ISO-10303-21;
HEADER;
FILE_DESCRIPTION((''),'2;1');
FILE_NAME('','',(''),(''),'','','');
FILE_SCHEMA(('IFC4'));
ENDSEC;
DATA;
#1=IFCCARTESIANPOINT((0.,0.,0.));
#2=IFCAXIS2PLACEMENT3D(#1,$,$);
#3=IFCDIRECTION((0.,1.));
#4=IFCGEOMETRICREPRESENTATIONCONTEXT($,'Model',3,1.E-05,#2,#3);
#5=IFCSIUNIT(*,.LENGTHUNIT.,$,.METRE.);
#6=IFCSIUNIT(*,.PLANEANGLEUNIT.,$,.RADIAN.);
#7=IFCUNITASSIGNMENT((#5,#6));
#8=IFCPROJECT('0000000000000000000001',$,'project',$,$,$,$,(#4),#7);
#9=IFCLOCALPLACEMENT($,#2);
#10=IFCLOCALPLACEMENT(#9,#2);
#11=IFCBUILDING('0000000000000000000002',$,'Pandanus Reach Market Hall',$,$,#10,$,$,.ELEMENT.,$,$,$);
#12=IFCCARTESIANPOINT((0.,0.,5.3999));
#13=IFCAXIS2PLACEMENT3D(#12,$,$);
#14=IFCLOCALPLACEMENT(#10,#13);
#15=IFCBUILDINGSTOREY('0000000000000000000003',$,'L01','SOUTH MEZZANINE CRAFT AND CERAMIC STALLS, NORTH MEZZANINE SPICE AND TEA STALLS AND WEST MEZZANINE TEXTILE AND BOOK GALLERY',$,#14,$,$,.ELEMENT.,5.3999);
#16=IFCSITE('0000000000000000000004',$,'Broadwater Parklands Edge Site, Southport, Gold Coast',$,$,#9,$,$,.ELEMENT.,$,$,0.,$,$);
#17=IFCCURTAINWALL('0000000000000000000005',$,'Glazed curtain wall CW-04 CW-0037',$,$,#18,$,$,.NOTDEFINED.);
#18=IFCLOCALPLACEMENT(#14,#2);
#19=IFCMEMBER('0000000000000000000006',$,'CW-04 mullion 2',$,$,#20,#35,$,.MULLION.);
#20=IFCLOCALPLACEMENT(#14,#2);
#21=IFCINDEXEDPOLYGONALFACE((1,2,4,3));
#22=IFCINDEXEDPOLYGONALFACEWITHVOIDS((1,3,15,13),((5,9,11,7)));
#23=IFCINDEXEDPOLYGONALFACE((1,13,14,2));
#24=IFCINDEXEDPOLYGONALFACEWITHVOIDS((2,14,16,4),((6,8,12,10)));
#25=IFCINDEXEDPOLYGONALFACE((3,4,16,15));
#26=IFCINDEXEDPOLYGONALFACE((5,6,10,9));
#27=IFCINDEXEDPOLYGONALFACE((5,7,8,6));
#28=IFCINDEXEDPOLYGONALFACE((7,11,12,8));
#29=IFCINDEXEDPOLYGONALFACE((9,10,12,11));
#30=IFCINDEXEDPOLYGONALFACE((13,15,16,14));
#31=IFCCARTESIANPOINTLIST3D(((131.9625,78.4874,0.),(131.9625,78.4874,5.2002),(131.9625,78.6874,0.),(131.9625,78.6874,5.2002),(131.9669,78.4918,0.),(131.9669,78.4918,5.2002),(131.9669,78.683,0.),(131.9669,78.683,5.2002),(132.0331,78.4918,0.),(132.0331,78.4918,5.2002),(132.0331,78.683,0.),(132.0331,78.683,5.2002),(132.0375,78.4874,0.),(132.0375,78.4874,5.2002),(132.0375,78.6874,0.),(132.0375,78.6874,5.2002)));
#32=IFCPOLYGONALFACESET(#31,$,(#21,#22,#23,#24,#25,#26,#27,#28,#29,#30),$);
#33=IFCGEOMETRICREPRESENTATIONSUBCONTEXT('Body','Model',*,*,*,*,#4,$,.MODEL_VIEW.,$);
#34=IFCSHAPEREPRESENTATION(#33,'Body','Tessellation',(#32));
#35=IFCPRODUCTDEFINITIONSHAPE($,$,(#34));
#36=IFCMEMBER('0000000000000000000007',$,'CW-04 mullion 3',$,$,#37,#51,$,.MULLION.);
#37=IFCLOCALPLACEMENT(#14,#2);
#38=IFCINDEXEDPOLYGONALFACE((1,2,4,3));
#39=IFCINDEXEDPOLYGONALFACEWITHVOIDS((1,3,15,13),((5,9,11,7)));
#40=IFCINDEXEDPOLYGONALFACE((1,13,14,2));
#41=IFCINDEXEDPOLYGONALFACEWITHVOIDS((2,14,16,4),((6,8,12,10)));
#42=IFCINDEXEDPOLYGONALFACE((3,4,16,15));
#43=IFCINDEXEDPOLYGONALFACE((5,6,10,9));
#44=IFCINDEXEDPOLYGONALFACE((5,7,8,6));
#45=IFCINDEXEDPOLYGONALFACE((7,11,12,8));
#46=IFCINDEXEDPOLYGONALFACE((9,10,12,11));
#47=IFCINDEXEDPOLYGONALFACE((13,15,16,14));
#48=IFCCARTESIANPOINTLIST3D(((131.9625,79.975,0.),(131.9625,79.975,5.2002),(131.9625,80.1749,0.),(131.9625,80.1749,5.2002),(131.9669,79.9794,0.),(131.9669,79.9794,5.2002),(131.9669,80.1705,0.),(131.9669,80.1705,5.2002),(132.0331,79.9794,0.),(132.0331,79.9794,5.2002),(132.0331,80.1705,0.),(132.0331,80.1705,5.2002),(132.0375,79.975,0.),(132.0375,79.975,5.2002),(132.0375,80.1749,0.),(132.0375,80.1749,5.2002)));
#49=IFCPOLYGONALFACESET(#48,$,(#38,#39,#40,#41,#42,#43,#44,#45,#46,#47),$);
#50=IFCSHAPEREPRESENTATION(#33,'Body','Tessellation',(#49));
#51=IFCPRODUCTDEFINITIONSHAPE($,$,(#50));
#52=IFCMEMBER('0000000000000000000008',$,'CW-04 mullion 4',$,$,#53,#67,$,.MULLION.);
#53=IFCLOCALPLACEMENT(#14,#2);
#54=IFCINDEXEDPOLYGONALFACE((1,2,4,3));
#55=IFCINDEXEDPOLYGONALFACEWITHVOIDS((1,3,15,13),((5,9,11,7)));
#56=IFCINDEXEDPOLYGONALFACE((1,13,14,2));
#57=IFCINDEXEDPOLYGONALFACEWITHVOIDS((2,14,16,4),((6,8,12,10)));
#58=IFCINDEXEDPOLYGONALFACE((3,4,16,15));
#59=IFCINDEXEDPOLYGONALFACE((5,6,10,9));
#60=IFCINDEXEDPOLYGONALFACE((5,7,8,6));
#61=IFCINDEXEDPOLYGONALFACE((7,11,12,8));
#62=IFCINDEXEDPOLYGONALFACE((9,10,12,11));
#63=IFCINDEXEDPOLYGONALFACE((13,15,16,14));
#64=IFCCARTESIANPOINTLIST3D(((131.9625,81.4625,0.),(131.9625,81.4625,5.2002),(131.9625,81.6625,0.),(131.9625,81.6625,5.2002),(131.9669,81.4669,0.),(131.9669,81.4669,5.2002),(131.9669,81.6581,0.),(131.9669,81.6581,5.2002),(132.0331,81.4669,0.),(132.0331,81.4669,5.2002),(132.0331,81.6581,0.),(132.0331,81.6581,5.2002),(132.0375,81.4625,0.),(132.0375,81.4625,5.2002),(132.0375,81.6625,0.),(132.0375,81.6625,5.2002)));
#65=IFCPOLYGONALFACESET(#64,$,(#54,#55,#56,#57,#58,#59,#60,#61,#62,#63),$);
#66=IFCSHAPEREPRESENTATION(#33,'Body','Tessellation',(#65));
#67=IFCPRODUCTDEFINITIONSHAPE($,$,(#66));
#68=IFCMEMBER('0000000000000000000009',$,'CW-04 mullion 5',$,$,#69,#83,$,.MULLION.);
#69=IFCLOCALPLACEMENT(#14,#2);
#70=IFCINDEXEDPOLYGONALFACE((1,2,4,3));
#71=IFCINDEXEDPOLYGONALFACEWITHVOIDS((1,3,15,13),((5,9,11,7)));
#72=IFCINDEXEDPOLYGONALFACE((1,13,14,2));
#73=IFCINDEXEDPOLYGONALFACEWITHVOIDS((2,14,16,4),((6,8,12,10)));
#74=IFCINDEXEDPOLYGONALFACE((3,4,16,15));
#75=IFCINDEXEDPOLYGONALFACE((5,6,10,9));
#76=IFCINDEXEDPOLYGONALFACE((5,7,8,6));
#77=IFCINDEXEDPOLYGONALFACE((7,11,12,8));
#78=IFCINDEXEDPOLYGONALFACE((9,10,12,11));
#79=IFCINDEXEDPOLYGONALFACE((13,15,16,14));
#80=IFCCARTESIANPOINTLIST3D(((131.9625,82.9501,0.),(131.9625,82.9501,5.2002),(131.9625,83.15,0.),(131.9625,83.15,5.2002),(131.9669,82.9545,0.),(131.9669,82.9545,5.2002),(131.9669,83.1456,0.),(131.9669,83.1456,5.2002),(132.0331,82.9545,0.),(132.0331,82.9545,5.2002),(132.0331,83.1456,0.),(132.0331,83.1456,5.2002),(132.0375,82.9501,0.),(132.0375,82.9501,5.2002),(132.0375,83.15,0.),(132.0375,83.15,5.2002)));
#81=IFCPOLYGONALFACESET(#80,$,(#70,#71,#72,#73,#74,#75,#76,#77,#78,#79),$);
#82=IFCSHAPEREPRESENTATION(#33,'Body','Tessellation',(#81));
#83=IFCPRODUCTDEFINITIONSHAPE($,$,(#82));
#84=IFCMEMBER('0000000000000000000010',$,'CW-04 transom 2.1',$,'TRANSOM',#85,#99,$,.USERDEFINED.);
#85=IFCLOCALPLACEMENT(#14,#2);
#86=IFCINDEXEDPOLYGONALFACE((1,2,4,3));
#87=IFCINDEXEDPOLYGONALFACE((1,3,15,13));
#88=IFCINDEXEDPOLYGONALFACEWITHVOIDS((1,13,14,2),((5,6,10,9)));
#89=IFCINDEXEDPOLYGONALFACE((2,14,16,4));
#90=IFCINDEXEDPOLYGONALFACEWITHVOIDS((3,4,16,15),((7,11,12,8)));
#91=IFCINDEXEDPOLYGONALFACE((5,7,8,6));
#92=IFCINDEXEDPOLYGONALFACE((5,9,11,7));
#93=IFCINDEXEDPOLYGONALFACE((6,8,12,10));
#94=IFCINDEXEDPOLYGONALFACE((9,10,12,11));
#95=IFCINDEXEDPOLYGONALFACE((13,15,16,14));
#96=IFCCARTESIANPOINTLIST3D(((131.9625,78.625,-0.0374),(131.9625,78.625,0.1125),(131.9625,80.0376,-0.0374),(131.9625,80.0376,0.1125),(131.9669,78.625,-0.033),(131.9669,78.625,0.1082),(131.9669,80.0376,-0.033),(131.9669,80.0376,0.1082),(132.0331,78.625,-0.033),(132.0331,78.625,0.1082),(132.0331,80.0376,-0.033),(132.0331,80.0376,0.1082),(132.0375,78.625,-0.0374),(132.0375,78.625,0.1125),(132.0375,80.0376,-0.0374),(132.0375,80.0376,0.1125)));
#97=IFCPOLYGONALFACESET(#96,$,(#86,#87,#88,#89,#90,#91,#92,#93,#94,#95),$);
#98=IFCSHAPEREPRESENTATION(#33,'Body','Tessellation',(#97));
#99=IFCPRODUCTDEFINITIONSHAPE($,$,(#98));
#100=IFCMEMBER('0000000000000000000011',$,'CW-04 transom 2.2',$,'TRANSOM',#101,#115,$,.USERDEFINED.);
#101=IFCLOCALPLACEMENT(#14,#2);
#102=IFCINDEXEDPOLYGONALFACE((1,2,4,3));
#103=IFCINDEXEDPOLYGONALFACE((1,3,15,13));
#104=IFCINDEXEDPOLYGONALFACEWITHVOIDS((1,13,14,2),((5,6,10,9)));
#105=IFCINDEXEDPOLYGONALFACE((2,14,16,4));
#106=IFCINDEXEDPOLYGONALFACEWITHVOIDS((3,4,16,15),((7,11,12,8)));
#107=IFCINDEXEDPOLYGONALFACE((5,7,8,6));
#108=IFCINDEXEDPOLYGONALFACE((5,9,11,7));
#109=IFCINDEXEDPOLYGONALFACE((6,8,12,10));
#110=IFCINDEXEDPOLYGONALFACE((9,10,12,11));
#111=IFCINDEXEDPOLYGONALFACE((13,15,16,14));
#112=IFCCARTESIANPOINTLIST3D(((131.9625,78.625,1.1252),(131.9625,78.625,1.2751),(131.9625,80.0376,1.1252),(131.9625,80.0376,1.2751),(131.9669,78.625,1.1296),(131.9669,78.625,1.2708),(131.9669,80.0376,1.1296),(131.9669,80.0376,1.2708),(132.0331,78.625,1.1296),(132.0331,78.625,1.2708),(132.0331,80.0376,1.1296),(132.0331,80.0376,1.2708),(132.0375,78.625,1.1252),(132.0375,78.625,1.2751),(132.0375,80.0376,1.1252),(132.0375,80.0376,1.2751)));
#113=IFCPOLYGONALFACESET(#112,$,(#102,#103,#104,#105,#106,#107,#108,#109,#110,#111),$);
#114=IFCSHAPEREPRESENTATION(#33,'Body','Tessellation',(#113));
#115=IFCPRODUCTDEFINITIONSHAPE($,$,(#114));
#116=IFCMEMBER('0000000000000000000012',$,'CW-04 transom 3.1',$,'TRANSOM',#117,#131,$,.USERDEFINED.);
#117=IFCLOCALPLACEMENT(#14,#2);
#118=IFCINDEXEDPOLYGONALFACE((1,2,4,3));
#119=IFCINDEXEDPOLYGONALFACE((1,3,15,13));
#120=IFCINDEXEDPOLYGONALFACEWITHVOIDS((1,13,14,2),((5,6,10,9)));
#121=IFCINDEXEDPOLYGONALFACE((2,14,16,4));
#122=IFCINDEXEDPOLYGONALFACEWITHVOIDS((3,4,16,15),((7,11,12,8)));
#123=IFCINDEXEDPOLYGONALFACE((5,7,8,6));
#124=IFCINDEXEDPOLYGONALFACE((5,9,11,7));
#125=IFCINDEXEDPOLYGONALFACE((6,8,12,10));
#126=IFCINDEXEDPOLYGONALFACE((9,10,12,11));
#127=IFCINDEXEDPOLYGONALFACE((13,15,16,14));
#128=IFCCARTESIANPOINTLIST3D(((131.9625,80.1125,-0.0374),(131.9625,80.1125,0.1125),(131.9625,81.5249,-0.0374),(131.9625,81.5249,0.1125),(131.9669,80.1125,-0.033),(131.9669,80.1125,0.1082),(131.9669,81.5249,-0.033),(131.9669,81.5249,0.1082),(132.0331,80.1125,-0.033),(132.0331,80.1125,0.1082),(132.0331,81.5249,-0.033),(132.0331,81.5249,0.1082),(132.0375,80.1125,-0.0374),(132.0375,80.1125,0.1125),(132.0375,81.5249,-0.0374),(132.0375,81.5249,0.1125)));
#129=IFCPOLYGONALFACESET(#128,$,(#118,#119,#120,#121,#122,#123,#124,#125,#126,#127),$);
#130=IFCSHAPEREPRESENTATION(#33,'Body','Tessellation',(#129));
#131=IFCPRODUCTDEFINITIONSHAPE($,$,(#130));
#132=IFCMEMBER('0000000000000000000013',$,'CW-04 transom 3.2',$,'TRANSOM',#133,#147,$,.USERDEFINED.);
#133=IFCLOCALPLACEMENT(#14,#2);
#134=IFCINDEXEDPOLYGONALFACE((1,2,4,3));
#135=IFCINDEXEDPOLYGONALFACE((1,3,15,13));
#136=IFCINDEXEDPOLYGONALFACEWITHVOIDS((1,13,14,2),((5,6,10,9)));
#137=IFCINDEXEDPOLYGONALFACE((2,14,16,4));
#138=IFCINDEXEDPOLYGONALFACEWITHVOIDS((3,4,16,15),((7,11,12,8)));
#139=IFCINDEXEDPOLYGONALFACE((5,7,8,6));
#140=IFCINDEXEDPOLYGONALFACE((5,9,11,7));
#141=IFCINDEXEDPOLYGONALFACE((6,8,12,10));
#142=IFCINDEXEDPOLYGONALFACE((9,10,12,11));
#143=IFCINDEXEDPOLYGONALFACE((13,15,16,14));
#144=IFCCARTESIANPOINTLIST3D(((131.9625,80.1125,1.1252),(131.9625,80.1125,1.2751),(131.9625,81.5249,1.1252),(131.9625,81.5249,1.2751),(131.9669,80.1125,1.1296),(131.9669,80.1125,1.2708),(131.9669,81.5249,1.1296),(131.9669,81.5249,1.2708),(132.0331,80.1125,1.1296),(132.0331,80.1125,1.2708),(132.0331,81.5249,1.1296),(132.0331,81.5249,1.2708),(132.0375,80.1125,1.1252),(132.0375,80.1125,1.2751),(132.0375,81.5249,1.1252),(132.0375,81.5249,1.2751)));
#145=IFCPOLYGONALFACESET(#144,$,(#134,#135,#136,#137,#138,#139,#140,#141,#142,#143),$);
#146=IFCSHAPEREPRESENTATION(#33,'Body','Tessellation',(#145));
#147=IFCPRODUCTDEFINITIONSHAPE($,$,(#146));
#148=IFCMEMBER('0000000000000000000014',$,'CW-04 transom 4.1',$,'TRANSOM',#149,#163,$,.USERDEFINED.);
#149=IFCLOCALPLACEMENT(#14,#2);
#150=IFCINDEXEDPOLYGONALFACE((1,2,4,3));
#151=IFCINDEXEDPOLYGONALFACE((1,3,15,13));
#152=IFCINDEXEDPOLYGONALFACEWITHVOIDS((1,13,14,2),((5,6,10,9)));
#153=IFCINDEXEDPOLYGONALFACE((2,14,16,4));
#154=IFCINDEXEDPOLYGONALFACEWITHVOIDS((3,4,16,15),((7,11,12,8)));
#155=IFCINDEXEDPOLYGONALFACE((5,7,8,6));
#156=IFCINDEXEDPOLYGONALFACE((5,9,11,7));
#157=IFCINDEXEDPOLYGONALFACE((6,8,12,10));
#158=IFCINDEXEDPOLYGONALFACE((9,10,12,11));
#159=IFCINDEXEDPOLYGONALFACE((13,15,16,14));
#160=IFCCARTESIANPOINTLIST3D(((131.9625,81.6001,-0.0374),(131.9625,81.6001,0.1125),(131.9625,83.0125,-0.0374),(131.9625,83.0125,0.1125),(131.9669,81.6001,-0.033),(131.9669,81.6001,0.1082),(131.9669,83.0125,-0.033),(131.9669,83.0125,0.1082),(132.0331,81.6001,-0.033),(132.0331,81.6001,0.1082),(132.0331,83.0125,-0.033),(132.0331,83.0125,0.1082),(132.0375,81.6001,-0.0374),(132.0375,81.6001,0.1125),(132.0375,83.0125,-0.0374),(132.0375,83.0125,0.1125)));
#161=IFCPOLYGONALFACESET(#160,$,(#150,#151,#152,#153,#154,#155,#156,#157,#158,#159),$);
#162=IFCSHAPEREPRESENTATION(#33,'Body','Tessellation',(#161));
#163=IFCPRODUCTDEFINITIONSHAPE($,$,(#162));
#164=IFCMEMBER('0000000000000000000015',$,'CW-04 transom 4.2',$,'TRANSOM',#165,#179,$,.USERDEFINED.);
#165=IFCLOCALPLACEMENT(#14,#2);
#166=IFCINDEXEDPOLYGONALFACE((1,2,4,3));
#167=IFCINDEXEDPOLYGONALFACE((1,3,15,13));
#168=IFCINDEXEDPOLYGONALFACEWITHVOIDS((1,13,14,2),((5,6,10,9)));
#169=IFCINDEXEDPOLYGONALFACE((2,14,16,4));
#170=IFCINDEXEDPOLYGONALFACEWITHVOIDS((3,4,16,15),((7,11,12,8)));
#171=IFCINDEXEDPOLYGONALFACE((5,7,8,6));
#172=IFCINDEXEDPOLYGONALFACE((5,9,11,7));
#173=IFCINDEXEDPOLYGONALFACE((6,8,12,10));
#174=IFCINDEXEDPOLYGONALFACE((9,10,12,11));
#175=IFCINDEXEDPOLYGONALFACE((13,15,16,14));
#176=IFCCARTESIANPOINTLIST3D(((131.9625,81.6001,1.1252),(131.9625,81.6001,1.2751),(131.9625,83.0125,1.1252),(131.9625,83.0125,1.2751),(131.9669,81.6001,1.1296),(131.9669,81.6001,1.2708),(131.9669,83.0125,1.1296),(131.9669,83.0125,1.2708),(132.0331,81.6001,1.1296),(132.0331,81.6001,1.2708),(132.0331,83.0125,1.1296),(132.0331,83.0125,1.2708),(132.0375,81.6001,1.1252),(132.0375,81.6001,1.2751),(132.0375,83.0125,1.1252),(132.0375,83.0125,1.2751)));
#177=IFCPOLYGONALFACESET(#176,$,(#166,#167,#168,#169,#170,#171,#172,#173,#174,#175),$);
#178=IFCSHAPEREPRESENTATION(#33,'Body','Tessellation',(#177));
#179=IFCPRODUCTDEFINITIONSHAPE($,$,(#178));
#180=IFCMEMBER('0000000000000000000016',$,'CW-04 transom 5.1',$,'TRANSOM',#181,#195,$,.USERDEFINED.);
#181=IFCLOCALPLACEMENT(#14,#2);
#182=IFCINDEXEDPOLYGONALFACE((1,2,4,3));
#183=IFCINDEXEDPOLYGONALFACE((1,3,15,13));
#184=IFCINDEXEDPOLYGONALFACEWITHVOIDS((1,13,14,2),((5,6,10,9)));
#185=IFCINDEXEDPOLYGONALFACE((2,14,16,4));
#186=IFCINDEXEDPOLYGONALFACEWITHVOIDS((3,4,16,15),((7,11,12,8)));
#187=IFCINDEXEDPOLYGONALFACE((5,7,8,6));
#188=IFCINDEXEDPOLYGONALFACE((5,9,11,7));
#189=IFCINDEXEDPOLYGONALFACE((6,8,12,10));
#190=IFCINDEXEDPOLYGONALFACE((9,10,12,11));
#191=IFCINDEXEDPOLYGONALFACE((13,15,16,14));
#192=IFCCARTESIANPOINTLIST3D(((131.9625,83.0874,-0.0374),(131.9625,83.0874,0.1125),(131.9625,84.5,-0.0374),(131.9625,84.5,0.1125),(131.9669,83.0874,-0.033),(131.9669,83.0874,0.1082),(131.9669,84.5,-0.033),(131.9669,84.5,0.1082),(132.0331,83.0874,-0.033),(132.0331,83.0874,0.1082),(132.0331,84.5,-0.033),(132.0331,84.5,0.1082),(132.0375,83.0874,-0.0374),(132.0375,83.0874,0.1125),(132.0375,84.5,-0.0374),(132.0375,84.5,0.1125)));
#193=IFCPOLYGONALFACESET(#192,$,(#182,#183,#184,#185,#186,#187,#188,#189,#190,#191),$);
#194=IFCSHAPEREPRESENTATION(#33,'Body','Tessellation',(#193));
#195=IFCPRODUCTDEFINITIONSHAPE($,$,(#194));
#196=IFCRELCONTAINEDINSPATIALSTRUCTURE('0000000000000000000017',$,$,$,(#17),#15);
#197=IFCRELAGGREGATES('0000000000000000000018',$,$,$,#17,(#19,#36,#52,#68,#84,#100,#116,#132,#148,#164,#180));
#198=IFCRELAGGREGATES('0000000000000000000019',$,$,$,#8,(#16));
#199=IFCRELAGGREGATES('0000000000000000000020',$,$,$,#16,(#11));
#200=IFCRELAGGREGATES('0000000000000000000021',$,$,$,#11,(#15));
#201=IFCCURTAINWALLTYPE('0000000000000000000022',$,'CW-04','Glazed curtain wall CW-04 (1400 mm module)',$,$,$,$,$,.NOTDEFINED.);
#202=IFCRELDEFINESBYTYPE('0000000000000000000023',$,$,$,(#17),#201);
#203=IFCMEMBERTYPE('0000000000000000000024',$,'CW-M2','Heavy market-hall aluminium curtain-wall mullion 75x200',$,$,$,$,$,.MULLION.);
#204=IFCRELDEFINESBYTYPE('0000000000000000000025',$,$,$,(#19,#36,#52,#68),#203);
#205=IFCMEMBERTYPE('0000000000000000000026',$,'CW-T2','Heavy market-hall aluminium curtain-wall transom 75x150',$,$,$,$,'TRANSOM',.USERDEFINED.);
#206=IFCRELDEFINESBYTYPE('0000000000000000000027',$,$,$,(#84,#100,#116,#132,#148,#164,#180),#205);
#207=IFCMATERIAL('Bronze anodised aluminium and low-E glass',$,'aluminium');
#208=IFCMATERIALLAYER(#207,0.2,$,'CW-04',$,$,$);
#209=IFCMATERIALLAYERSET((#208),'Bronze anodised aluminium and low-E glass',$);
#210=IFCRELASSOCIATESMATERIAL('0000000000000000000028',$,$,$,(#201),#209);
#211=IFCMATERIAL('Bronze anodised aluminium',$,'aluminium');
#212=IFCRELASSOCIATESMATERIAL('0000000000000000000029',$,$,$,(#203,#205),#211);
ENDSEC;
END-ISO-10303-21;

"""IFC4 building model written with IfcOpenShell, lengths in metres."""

from ifc_helpers import new_model, si_unit, direction, frame, origin, origin_2d, place, context, subcontext, project, spatial, hollow_rectangle, extrude, material, layer, layer_set, material_profile, profile_set, type_object, element, aggregate, save


model = new_model("IFC4")

# Units and contexts
model_context = context("Model", 3, precision=1e-05, world=origin(), true_north=direction((0.0, 1.0)))
body_context = subcontext(model_context, "Body", "Model", "MODEL_VIEW")
ifc_project = project(units=[si_unit("LENGTHUNIT", "METRE"), si_unit("PLANEANGLEUNIT", "RADIAN")], contexts=[model_context])

# Site, building, storey
site_placement = place(None, origin())
site = spatial("IfcSite", under=ifc_project, at=site_placement, Name="Broadwater Parklands Edge Site, Southport, Gold Coast", CompositionType="ELEMENT", RefElevation=0.0)
building_placement = place(site_placement, origin())
building = spatial("IfcBuilding", under=site, at=building_placement, Name="Pandanus Reach Market Hall", CompositionType="ELEMENT")
storey_placement = place(building_placement, frame((0.0, 0.0, 5.3999)))
storey = spatial("IfcBuildingStorey", under=building, at=storey_placement, Name="L01", Description="SOUTH MEZZANINE CRAFT AND CERAMIC STALLS, NORTH MEZZANINE SPICE AND TEA STALLS AND WEST MEZZANINE TEXTILE AND BOOK GALLERY", CompositionType="ELEMENT", Elevation=5.3999)

# Curtain wall, members
ifc_material_1 = material(Name="Bronze anodised aluminium and low-E glass", Category="aluminium")
ifc_layer_1 = layer(ifc_material_1, 0.2, Name="CW-04")
ifc_layer_set_1 = layer_set([ifc_layer_1], Name="Bronze anodised aluminium and low-E glass")
curtain_wall_type = type_object("IfcCurtainWallType", Name="CW-04", Description="Glazed curtain wall CW-04 (1400 mm module)", PredefinedType="NOTDEFINED", material=ifc_layer_set_1)
curtain_wall_placement = place(storey_placement, origin())
curtain_wall = element("IfcCurtainWall", 1, at=curtain_wall_placement, inside=storey, type_object=curtain_wall_type, Name="Glazed curtain wall CW-04 CW-0037", PredefinedType="NOTDEFINED")
ifc_material_2 = material(Name="Bronze anodised aluminium", Category="aluminium")
ifc_material_profile_1 = material_profile(ifc_material_2, hollow_rectangle(XDim=0.075, YDim=0.2, WallThickness=0.0044, at=origin_2d()), Name="ALU75x200", Category="LoadBearing")
ifc_profile_set_1 = profile_set([ifc_material_profile_1], Name="Bronze anodised aluminium")
member_type_1 = type_object("IfcMemberType", Name="CW-M2", Description="Heavy market-hall aluminium curtain-wall mullion 75x200", PredefinedType="MULLION", material=ifc_profile_set_1)
member_1_placement = place(storey_placement, frame((132.0, 78.5874, 0.0), z_axis=(0.0, 0.0, 1.0), x_axis=(-1.0, 0.0, 0.0)))
member_1 = element("IfcMember", 2, at=member_1_placement, type_object=member_type_1, Name="CW-04 mullion 2", PredefinedType="MULLION", context=body_context, shape_type="SweptSolid", body=[
    extrude(hollow_rectangle(XDim=0.075, YDim=0.2, WallThickness=0.0044, at=origin_2d()), origin(), (0.0, 0.0, 1.0), 5.2002),
])
member_2_placement = place(storey_placement, frame((132.0, 80.075, 0.0), z_axis=(0.0, 0.0, 1.0), x_axis=(-1.0, 0.0, 0.0)))
member_2 = element("IfcMember", 3, at=member_2_placement, type_object=member_type_1, Name="CW-04 mullion 3", PredefinedType="MULLION", context=body_context, shape_type="SweptSolid", body=[
    extrude(hollow_rectangle(XDim=0.075, YDim=0.2, WallThickness=0.0044, at=origin_2d()), origin(), (0.0, 0.0, 1.0), 5.2002),
])
member_3_placement = place(storey_placement, frame((132.0, 81.5625, 0.0), z_axis=(0.0, 0.0, 1.0), x_axis=(-1.0, 0.0, 0.0)))
member_3 = element("IfcMember", 4, at=member_3_placement, type_object=member_type_1, Name="CW-04 mullion 4", PredefinedType="MULLION", context=body_context, shape_type="SweptSolid", body=[
    extrude(hollow_rectangle(XDim=0.075, YDim=0.2, WallThickness=0.0044, at=origin_2d()), origin(), (0.0, 0.0, 1.0), 5.2002),
])
member_4_placement = place(storey_placement, frame((132.0, 83.05, 0.0), z_axis=(0.0, 0.0, 1.0), x_axis=(-1.0, 0.0, 0.0)))
member_4 = element("IfcMember", 5, at=member_4_placement, type_object=member_type_1, Name="CW-04 mullion 5", PredefinedType="MULLION", context=body_context, shape_type="SweptSolid", body=[
    extrude(hollow_rectangle(XDim=0.075, YDim=0.2, WallThickness=0.0044, at=origin_2d()), origin(), (0.0, 0.0, 1.0), 5.2002),
])
ifc_material_profile_2 = material_profile(ifc_material_2, hollow_rectangle(XDim=0.075, YDim=0.1499, WallThickness=0.0044, at=origin_2d()), Name="ALU75x150", Category="LoadBearing")
ifc_profile_set_2 = profile_set([ifc_material_profile_2], Name="Bronze anodised aluminium")
member_type_2 = type_object("IfcMemberType", Name="CW-T2", Description="Heavy market-hall aluminium curtain-wall transom 75x150", ElementType="TRANSOM", PredefinedType="USERDEFINED", material=ifc_profile_set_2)
member_5_placement = place(storey_placement, frame((132.0, 78.625, 0.0376), z_axis=(0.0, 1.0, 0.0), x_axis=(-1.0, 0.0, 0.0)))
member_5 = element("IfcMember", 6, at=member_5_placement, type_object=member_type_2, Name="CW-04 transom 2.1", ObjectType="TRANSOM", PredefinedType="USERDEFINED", context=body_context, shape_type="SweptSolid", body=[
    extrude(hollow_rectangle(XDim=0.075, YDim=0.1499, WallThickness=0.0044, at=origin_2d()), origin(), (0.0, 0.0, 1.0), 1.4126),
])
member_6_placement = place(storey_placement, frame((132.0, 78.625, 1.2002), z_axis=(0.0, 1.0, 0.0), x_axis=(-1.0, 0.0, 0.0)))
member_6 = element("IfcMember", 7, at=member_6_placement, type_object=member_type_2, Name="CW-04 transom 2.2", ObjectType="TRANSOM", PredefinedType="USERDEFINED", context=body_context, shape_type="SweptSolid", body=[
    extrude(hollow_rectangle(XDim=0.075, YDim=0.1499, WallThickness=0.0044, at=origin_2d()), origin(), (0.0, 0.0, 1.0), 1.4126),
])
member_7_placement = place(storey_placement, frame((132.0, 80.1125, 0.0376), z_axis=(0.0, 1.0, 0.0), x_axis=(-1.0, 0.0, 0.0)))
member_7 = element("IfcMember", 8, at=member_7_placement, type_object=member_type_2, Name="CW-04 transom 3.1", ObjectType="TRANSOM", PredefinedType="USERDEFINED", context=body_context, shape_type="SweptSolid", body=[
    extrude(hollow_rectangle(XDim=0.075, YDim=0.1499, WallThickness=0.0044, at=origin_2d()), origin(), (0.0, 0.0, 1.0), 1.4124),
])
member_8_placement = place(storey_placement, frame((132.0, 80.1125, 1.2002), z_axis=(0.0, 1.0, 0.0), x_axis=(-1.0, 0.0, 0.0)))
member_8 = element("IfcMember", 9, at=member_8_placement, type_object=member_type_2, Name="CW-04 transom 3.2", ObjectType="TRANSOM", PredefinedType="USERDEFINED", context=body_context, shape_type="SweptSolid", body=[
    extrude(hollow_rectangle(XDim=0.075, YDim=0.1499, WallThickness=0.0044, at=origin_2d()), origin(), (0.0, 0.0, 1.0), 1.4124),
])
member_9_placement = place(storey_placement, frame((132.0, 81.6001, 0.0376), z_axis=(0.0, 1.0, 0.0), x_axis=(-1.0, 0.0, 0.0)))
member_9 = element("IfcMember", 10, at=member_9_placement, type_object=member_type_2, Name="CW-04 transom 4.1", ObjectType="TRANSOM", PredefinedType="USERDEFINED", context=body_context, shape_type="SweptSolid", body=[
    extrude(hollow_rectangle(XDim=0.075, YDim=0.1499, WallThickness=0.0044, at=origin_2d()), origin(), (0.0, 0.0, 1.0), 1.4124),
])
member_10_placement = place(storey_placement, frame((132.0, 81.6001, 1.2002), z_axis=(0.0, 1.0, 0.0), x_axis=(-1.0, 0.0, 0.0)))
member_10 = element("IfcMember", 11, at=member_10_placement, type_object=member_type_2, Name="CW-04 transom 4.2", ObjectType="TRANSOM", PredefinedType="USERDEFINED", context=body_context, shape_type="SweptSolid", body=[
    extrude(hollow_rectangle(XDim=0.075, YDim=0.1499, WallThickness=0.0044, at=origin_2d()), origin(), (0.0, 0.0, 1.0), 1.4124),
])
member_11_placement = place(storey_placement, frame((132.0, 83.0874, 0.0376), z_axis=(0.0, 1.0, 0.0), x_axis=(-1.0, 0.0, 0.0)))
member_11 = element("IfcMember", 12, at=member_11_placement, type_object=member_type_2, Name="CW-04 transom 5.1", ObjectType="TRANSOM", PredefinedType="USERDEFINED", context=body_context, shape_type="SweptSolid", body=[
    extrude(hollow_rectangle(XDim=0.075, YDim=0.1499, WallThickness=0.0044, at=origin_2d()), origin(), (0.0, 0.0, 1.0), 1.4126),
])
aggregate(curtain_wall, [member_1, member_2, member_3, member_4, member_5, member_6, member_7, member_8, member_9, member_10, member_11])

save(model, "model.ifc")
